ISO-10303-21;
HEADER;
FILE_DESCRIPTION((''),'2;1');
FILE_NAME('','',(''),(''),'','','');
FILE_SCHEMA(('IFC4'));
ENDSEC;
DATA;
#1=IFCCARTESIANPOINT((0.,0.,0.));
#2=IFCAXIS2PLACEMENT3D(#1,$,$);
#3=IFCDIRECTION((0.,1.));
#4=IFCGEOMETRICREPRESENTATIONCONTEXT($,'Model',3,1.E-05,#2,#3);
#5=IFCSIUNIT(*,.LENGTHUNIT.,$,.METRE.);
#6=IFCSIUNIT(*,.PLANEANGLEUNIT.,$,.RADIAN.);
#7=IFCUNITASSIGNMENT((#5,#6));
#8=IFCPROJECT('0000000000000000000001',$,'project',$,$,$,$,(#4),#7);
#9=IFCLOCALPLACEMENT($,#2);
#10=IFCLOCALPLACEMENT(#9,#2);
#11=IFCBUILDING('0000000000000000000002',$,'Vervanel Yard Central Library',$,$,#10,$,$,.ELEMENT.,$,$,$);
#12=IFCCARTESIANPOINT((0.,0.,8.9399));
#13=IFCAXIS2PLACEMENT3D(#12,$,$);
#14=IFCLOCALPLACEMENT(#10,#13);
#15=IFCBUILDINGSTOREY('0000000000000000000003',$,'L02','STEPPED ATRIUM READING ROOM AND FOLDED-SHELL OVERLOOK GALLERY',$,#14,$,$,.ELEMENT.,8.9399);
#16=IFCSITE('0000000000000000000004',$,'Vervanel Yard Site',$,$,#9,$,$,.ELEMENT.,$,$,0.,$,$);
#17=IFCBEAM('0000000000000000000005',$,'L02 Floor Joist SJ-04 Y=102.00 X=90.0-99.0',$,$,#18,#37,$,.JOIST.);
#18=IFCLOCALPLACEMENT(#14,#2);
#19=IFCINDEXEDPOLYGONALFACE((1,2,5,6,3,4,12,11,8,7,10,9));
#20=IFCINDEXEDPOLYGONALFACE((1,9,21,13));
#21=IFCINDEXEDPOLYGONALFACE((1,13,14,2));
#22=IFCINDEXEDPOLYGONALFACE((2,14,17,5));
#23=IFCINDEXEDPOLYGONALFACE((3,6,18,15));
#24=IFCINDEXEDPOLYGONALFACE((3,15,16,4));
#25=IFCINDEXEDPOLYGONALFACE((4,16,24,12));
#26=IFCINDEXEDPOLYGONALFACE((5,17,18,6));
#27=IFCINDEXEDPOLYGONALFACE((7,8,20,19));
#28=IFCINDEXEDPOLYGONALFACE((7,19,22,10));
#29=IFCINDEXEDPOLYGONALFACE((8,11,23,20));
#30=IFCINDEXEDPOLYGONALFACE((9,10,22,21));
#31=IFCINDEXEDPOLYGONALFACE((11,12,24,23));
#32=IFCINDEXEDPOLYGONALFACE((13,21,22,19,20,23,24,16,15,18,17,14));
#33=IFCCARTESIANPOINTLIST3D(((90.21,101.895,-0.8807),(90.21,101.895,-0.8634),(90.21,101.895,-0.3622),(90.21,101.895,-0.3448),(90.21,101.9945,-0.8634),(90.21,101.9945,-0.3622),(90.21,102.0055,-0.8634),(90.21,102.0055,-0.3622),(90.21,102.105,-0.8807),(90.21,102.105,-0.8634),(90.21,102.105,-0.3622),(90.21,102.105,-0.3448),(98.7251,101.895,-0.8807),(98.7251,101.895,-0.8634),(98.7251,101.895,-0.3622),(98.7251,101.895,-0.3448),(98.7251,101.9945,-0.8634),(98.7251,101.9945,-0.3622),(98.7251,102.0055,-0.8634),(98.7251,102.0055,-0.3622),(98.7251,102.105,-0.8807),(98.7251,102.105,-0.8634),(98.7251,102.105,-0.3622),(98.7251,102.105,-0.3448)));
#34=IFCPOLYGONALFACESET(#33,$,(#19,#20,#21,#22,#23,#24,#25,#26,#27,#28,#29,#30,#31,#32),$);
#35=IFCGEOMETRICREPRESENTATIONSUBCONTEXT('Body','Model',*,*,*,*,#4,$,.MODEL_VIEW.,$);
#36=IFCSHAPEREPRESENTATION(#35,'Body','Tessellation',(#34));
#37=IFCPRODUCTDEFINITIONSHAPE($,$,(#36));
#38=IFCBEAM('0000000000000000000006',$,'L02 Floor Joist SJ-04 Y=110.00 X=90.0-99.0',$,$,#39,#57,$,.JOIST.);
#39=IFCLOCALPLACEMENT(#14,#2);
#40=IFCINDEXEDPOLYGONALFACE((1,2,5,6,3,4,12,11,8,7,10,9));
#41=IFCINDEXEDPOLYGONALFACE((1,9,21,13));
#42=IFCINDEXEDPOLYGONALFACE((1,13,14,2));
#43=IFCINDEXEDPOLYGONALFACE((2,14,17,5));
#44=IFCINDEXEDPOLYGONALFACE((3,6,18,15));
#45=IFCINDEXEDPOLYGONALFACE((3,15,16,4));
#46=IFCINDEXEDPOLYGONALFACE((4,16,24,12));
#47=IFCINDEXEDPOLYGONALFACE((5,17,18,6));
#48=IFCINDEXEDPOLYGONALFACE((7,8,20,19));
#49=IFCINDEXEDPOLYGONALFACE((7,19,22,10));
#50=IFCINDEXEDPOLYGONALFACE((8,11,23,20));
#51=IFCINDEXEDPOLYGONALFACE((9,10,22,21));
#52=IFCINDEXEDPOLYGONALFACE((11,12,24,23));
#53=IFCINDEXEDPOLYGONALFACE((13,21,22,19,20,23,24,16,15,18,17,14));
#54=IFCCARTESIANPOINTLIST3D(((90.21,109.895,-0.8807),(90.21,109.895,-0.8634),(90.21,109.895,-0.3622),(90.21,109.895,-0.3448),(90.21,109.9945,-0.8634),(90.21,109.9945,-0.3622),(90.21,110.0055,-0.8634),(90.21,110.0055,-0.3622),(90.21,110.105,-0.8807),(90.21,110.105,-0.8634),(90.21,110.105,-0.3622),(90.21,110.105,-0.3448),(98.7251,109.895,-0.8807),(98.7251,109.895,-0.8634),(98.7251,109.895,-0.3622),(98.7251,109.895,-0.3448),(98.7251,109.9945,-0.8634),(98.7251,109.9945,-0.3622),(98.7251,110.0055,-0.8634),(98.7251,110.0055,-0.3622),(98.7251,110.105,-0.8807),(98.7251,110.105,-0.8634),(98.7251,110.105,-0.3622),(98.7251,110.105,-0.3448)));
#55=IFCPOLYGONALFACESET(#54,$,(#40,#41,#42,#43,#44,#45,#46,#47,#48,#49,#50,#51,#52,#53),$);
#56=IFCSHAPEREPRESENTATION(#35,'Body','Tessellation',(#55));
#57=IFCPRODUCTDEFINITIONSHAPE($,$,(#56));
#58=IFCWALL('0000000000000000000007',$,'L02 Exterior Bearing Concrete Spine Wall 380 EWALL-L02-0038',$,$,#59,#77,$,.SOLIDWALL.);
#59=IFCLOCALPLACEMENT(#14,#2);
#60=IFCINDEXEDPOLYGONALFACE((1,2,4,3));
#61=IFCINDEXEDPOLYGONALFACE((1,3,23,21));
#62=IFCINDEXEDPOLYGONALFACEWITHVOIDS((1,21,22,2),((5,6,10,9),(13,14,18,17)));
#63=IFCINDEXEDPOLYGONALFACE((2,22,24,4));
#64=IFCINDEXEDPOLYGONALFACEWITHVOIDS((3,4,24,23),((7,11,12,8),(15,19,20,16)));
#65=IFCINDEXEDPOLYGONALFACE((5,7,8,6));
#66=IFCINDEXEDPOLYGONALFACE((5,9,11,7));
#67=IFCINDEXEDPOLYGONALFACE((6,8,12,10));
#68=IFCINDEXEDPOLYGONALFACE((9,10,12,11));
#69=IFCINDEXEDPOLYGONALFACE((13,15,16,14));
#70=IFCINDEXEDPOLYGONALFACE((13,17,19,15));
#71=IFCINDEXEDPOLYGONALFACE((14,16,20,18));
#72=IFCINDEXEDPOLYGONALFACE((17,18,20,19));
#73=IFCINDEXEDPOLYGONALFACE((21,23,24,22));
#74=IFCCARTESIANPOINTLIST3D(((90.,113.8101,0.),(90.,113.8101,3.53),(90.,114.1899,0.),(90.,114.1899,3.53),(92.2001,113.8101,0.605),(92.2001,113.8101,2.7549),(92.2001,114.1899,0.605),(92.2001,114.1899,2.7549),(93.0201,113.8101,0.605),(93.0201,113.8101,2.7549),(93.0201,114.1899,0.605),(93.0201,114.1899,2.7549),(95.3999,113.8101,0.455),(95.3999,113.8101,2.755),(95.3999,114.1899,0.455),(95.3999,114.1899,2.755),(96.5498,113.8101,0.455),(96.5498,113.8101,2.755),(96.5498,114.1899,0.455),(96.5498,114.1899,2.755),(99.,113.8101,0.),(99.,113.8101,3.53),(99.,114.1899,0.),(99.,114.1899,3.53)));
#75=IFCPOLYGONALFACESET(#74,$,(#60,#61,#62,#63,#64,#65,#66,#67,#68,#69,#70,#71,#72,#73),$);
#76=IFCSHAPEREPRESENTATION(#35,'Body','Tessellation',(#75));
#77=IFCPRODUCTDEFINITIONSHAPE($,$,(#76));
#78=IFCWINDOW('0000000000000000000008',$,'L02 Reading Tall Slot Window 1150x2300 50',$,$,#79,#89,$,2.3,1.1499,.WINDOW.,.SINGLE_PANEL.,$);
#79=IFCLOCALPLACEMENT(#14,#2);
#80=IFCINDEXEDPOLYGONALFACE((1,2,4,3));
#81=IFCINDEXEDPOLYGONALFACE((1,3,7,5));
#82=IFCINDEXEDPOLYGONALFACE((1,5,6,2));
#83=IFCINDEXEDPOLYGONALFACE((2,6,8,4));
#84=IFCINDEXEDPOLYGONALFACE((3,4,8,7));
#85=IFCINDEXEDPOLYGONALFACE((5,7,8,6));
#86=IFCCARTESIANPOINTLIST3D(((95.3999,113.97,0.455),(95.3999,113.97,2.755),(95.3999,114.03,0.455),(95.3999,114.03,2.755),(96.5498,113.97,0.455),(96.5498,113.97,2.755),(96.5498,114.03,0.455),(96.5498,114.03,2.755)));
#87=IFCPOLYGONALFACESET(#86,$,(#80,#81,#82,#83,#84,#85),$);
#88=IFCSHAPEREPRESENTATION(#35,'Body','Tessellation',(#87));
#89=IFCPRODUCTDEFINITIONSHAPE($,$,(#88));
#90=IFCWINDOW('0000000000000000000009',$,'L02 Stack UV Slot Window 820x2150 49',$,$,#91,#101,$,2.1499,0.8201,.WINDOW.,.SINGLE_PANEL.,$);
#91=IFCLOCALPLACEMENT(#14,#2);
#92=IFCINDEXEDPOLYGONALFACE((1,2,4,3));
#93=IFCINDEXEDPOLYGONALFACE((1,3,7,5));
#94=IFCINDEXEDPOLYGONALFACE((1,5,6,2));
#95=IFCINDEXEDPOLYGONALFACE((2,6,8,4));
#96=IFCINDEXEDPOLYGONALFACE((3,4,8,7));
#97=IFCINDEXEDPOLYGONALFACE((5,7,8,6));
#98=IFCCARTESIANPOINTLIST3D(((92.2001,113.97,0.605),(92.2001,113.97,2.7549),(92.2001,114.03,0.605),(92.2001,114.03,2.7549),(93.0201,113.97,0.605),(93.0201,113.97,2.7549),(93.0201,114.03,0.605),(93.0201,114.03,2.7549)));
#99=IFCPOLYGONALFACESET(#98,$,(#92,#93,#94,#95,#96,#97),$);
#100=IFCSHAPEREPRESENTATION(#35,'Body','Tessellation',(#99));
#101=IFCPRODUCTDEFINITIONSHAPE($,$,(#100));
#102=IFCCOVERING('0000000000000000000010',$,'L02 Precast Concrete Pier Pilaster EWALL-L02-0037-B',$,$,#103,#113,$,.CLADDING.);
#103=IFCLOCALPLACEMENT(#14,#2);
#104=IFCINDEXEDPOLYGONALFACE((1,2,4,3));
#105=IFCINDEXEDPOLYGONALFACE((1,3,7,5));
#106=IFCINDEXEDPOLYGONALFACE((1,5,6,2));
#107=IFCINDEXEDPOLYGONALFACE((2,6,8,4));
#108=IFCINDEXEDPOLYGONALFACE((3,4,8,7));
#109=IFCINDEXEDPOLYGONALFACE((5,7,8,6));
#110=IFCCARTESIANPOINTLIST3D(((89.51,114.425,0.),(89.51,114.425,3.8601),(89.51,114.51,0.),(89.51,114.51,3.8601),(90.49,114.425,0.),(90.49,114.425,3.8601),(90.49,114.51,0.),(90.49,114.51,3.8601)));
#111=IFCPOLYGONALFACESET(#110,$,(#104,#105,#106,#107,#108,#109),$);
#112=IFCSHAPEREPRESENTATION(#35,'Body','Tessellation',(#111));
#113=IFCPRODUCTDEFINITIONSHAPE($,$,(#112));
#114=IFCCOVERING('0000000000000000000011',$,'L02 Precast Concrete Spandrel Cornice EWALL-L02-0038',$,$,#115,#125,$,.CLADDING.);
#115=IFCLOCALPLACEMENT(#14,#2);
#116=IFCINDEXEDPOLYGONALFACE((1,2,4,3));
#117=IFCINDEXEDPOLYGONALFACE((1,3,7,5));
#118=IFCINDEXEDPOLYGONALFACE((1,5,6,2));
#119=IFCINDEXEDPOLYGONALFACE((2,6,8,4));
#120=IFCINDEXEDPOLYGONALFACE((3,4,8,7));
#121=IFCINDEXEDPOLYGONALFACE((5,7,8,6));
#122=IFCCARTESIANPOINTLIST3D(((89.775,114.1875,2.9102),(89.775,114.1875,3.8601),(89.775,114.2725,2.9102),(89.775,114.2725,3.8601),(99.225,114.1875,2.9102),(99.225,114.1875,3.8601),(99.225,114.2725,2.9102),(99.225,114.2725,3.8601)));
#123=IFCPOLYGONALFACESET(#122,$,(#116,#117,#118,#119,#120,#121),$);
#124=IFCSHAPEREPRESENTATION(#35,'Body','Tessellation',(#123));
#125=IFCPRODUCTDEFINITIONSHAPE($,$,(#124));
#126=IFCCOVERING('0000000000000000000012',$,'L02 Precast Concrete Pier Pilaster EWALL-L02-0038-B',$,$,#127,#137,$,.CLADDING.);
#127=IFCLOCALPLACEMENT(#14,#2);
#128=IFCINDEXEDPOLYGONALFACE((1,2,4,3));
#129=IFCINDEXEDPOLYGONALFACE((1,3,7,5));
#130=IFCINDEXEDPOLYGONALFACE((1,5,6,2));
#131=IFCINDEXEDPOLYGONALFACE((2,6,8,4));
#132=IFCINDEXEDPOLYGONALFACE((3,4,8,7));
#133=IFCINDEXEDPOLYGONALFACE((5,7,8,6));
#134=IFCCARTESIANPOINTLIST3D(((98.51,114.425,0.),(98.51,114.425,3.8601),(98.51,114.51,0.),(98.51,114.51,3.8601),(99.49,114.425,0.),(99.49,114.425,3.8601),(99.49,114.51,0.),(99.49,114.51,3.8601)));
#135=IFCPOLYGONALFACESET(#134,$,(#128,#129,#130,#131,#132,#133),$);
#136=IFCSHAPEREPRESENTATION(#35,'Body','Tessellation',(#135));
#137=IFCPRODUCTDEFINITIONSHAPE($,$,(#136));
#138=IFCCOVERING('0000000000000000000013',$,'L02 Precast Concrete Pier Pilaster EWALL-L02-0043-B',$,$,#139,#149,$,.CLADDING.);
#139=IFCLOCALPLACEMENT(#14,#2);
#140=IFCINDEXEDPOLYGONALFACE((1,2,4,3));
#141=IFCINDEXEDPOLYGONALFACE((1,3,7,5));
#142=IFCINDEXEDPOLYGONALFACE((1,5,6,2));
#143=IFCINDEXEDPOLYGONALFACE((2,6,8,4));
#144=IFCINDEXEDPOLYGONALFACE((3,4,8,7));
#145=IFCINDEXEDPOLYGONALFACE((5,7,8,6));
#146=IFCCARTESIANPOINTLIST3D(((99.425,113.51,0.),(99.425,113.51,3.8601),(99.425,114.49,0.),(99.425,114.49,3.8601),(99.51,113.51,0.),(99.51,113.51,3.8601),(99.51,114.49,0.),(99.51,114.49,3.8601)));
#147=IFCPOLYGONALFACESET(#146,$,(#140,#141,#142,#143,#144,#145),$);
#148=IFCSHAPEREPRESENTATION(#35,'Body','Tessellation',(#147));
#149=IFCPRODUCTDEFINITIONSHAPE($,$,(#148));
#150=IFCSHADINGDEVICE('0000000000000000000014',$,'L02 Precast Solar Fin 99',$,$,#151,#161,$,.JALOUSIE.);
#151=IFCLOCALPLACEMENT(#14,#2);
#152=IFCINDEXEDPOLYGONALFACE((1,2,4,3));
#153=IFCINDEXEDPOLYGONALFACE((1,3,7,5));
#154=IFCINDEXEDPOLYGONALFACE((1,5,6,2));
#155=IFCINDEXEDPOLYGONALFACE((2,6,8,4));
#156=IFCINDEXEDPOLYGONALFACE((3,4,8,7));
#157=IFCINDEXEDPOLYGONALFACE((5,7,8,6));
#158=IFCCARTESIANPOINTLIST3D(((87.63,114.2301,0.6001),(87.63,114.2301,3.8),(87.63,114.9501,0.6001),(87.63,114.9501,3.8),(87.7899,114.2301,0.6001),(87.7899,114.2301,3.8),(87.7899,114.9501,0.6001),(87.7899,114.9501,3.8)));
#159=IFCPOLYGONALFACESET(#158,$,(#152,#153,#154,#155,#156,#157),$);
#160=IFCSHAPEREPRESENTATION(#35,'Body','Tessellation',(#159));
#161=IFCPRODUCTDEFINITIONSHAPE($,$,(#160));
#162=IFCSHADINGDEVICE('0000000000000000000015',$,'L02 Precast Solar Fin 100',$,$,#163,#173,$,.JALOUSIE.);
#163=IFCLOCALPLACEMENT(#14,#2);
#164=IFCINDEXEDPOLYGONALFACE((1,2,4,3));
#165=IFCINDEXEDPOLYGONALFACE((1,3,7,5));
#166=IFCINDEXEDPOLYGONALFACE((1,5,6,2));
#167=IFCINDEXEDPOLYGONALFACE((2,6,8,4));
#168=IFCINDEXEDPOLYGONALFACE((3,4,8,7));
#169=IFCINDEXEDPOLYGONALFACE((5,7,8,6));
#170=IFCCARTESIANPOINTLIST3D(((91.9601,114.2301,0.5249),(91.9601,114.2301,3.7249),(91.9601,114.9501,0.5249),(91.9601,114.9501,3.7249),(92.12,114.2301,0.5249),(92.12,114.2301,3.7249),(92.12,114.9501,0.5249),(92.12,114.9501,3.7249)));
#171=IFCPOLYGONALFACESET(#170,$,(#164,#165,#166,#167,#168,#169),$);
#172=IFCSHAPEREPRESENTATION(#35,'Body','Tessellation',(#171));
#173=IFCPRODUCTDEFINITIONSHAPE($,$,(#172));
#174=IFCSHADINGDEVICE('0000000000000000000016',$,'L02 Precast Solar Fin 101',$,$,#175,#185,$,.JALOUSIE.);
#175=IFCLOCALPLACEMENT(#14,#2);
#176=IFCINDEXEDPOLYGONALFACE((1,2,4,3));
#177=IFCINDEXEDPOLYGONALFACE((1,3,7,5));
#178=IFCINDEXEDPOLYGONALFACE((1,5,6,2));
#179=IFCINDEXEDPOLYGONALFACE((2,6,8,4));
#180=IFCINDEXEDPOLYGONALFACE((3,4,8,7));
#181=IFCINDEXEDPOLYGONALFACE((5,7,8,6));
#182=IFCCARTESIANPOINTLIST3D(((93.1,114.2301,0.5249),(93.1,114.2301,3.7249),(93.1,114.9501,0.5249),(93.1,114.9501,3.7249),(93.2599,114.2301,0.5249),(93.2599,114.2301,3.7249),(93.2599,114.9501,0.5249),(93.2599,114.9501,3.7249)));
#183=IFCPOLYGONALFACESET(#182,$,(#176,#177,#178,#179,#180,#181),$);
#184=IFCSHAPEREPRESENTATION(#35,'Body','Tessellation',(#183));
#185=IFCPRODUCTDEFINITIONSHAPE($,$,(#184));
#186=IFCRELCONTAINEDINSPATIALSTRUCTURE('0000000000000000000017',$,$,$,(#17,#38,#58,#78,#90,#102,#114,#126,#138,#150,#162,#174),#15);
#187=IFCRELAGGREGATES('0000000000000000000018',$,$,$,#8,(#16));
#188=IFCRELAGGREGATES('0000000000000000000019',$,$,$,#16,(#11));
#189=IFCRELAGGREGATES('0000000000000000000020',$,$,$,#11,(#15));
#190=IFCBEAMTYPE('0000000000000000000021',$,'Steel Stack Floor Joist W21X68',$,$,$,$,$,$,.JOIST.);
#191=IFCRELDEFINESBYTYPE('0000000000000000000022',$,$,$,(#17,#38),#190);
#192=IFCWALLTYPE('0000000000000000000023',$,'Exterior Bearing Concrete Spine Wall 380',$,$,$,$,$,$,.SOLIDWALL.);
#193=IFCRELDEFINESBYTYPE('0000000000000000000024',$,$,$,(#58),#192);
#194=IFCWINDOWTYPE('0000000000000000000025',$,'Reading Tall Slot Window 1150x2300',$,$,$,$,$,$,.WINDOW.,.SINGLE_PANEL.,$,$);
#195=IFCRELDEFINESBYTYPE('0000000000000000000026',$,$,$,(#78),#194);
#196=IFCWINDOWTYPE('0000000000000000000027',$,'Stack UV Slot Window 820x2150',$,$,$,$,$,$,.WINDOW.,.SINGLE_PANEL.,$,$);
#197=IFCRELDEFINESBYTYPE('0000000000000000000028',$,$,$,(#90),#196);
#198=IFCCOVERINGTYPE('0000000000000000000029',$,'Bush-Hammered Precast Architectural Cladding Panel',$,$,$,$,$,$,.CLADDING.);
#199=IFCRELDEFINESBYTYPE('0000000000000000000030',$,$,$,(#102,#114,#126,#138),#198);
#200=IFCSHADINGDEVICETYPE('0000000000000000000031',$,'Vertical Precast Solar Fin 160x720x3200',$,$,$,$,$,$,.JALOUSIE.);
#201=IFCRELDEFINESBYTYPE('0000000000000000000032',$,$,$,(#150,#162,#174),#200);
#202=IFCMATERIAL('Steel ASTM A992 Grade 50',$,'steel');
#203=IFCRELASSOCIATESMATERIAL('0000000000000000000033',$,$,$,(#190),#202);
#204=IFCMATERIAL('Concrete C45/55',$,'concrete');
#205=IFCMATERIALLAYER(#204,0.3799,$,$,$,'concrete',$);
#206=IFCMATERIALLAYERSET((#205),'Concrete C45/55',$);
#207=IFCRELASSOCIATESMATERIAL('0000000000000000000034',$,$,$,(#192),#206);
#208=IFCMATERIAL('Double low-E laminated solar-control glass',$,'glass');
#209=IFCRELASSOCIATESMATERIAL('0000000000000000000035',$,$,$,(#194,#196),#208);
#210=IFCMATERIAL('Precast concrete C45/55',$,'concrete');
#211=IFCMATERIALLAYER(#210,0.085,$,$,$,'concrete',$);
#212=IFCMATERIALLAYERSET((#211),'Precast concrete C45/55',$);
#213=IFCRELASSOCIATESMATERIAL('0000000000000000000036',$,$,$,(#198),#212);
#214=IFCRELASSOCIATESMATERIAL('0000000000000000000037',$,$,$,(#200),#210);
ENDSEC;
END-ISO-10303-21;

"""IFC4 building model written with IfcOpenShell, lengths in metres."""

from ifc_helpers import new_model, si_unit, direction, frame, frame_2d, origin, origin_2d, place, context, subcontext, project, spatial, rectangle, i_section, extrude, material, layer, layer_set, material_profile, profile_set, type_object, element, fill, save


model = new_model("IFC4")

# Units and contexts
model_context = context("Model", 3, precision=1e-05, world=origin(), true_north=direction((0.0, 1.0)))
body_context = subcontext(model_context, "Body", "Model", "MODEL_VIEW")
ifc_project = project(units=[si_unit("LENGTHUNIT", "METRE"), si_unit("PLANEANGLEUNIT", "RADIAN")], contexts=[model_context])

# Site, building, storey
site_placement = place(None, origin())
site = spatial("IfcSite", under=ifc_project, at=site_placement, Name="Vervanel Yard Site", CompositionType="ELEMENT", RefElevation=0.0)
building_placement = place(site_placement, origin())
building = spatial("IfcBuilding", under=site, at=building_placement, Name="Vervanel Yard Central Library", CompositionType="ELEMENT")
storey_placement = place(building_placement, frame((0.0, 0.0, 8.9399)))
storey = spatial("IfcBuildingStorey", under=building, at=storey_placement, Name="L02", Description="STEPPED ATRIUM READING ROOM AND FOLDED-SHELL OVERLOOK GALLERY", CompositionType="ELEMENT", Elevation=8.9399)

# Shared definitions
ifc_material_1 = material(Name="Concrete C45/55", Category="concrete")

# Beams
ifc_material_2 = material(Name="Steel ASTM A992 Grade 50", Category="steel")
ifc_material_profile_1 = material_profile(ifc_material_2, i_section(OverallWidth=0.21, OverallDepth=0.5359, WebThickness=0.011, FlangeThickness=0.0173, at=origin_2d()), Name="W21X68", Category="steel")
ifc_profile_set_1 = profile_set([ifc_material_profile_1], Name="Steel ASTM A992 Grade 50")
beam_type_1 = type_object("IfcBeamType", Name="Steel Stack Floor Joist W21X68", PredefinedType="JOIST", material=ifc_profile_set_1)
for number, where, z_axis, x_axis, name in (
    (1, (90.21, 102.0, -0.6128), (1.0, 0.0, 0.0), (0.0, 1.0, 0.0), "L02 Floor Joist SJ-04 Y=102.00 X=90.0-99.0"),
    (2, (90.21, 110.0, -0.6128), (1.0, 0.0, 0.0), (0.0, 1.0, 0.0), "L02 Floor Joist SJ-04 Y=110.00 X=90.0-99.0"),
):
    element("IfcBeam", number, at=place(storey_placement, frame(where, z_axis=z_axis, x_axis=x_axis)), inside=storey, type_object=beam_type_1, Name=name, PredefinedType="JOIST", context=body_context, shape_type="SweptSolid", body=[
        extrude(i_section(OverallWidth=0.21, OverallDepth=0.5359, WebThickness=0.011, FlangeThickness=0.0173, at=origin_2d()), origin(), (0.0, 0.0, 1.0), 8.5151),
    ])

# Wall, openings, windows
ifc_layer_1 = layer(ifc_material_1, 0.3799, Category="concrete")
ifc_layer_set_1 = layer_set([ifc_layer_1], Name="Concrete C45/55")
wall_type = type_object("IfcWallType", Name="Exterior Bearing Concrete Spine Wall 380", PredefinedType="SOLIDWALL", material=ifc_layer_set_1)
wall_placement = place(storey_placement, frame((90.0, 114.0, 0.0), z_axis=(0.0, 0.0, 1.0), x_axis=(1.0, 0.0, 0.0)))
wall = element("IfcWall", 3, at=wall_placement, inside=storey, type_object=wall_type, Name="L02 Exterior Bearing Concrete Spine Wall 380 EWALL-L02-0038", PredefinedType="SOLIDWALL", context=body_context, shape_type="SweptSolid", body=[
    extrude(rectangle(XDim=9.0, YDim=0.3799, at=frame_2d((4.5, 0.0))), origin(), (0.0, 0.0, 1.0), 3.53),
])
opening_1_placement = place(wall_placement, frame((2.2, 0.0, 0.605)))
opening_1 = element("IfcOpeningElement", 4, at=opening_1_placement, cuts=wall, PredefinedType="OPENING", context=body_context, shape_type="SweptSolid", body=[
    extrude(rectangle(XDim=0.8201, YDim=2.1499, at=frame_2d((0.4102, 1.075))), frame((0.0, 0.2, 0.0), z_axis=(0.0, -1.0, 0.0), x_axis=(1.0, 0.0, 0.0)), (0.0, 0.0, 1.0), 0.3999),
])
opening_2_placement = place(wall_placement, frame((5.3999, 0.0, 0.4551)))
opening_2 = element("IfcOpeningElement", 5, at=opening_2_placement, cuts=wall, PredefinedType="OPENING", context=body_context, shape_type="SweptSolid", body=[
    extrude(rectangle(XDim=1.1499, YDim=2.3, at=frame_2d((0.575, 1.1499))), frame((0.0, 0.2, 0.0), z_axis=(0.0, -1.0, 0.0), x_axis=(1.0, 0.0, 0.0)), (0.0, 0.0, 1.0), 0.3999),
])
ifc_material_3 = material(Name="Double low-E laminated solar-control glass", Category="glass")
window_type_1 = type_object("IfcWindowType", Name="Reading Tall Slot Window 1150x2300", PartitioningType="SINGLE_PANEL", PredefinedType="WINDOW", material=ifc_material_3)
window_1_placement = place(opening_2_placement, origin())
window_1 = element("IfcWindow", 6, at=window_1_placement, inside=storey, type_object=window_type_1, Name="L02 Reading Tall Slot Window 1150x2300 50", OverallHeight=2.3, OverallWidth=1.1499, PartitioningType="SINGLE_PANEL", PredefinedType="WINDOW", context=body_context, shape_type="SweptSolid", body=[
    extrude(rectangle(XDim=1.1499, YDim=2.3, at=frame_2d((0.575, 1.1499))), frame((0.0, 0.03, 0.0), z_axis=(0.0, -1.0, 0.0), x_axis=(1.0, 0.0, 0.0)), (0.0, 0.0, 1.0), 0.0601),
])
fill(opening_2, window_1)
window_type_2 = type_object("IfcWindowType", Name="Stack UV Slot Window 820x2150", PartitioningType="SINGLE_PANEL", PredefinedType="WINDOW", material=ifc_material_3)
window_2_placement = place(opening_1_placement, origin())
window_2 = element("IfcWindow", 7, at=window_2_placement, inside=storey, type_object=window_type_2, Name="L02 Stack UV Slot Window 820x2150 49", OverallHeight=2.1499, OverallWidth=0.8201, PartitioningType="SINGLE_PANEL", PredefinedType="WINDOW", context=body_context, shape_type="SweptSolid", body=[
    extrude(rectangle(XDim=0.8201, YDim=2.1499, at=frame_2d((0.4102, 1.075))), frame((0.0, 0.03, 0.0), z_axis=(0.0, -1.0, 0.0), x_axis=(1.0, 0.0, 0.0)), (0.0, 0.0, 1.0), 0.0601),
])
fill(opening_1, window_2)

# Coverings
ifc_material_4 = material(Name="Precast concrete C45/55", Category="concrete")
ifc_layer_2 = layer(ifc_material_4, 0.085, Category="concrete")
ifc_layer_set_2 = layer_set([ifc_layer_2], Name="Precast concrete C45/55")
covering_type = type_object("IfcCoveringType", Name="Bush-Hammered Precast Architectural Cladding Panel", PredefinedType="CLADDING", material=ifc_layer_set_2)
covering_1_placement = place(storey_placement, frame((90.0, 114.4675, 0.0), z_axis=(0.0, 0.0, 1.0), x_axis=(1.0, 0.0, 0.0)))
element("IfcCovering", 8, at=covering_1_placement, inside=storey, type_object=covering_type, Name="L02 Precast Concrete Pier Pilaster EWALL-L02-0037-B", PredefinedType="CLADDING", context=body_context, shape_type="SweptSolid", body=[
    extrude(rectangle(XDim=0.98, YDim=0.085, at=origin_2d()), origin(), (0.0, 0.0, 1.0), 3.8601),
])
covering_2_placement = place(storey_placement, frame((94.5, 114.23, 2.9102), z_axis=(0.0, 0.0, 1.0), x_axis=(1.0, 0.0, 0.0)))
element("IfcCovering", 9, at=covering_2_placement, inside=storey, type_object=covering_type, Name="L02 Precast Concrete Spandrel Cornice EWALL-L02-0038", PredefinedType="CLADDING", context=body_context, shape_type="SweptSolid", body=[
    extrude(rectangle(XDim=9.45, YDim=0.085, at=origin_2d()), origin(), (0.0, 0.0, 1.0), 0.95),
])
for number, where, z_axis, x_axis, name in (
    (10, (99.0, 114.4675, 0.0), (0.0, 0.0, 1.0), (1.0, 0.0, 0.0), "L02 Precast Concrete Pier Pilaster EWALL-L02-0038-B"),
    (11, (99.4675, 114.0, 0.0), (0.0, 0.0, 1.0), (0.0, 1.0, 0.0), "L02 Precast Concrete Pier Pilaster EWALL-L02-0043-B"),
):
    element("IfcCovering", number, at=place(storey_placement, frame(where, z_axis=z_axis, x_axis=x_axis)), inside=storey, type_object=covering_type, Name=name, PredefinedType="CLADDING", context=body_context, shape_type="SweptSolid", body=[
        extrude(rectangle(XDim=0.98, YDim=0.085, at=origin_2d()), origin(), (0.0, 0.0, 1.0), 3.8601),
    ])

# Shading devices
shading_device_type = type_object("IfcShadingDeviceType", Name="Vertical Precast Solar Fin 160x720x3200", PredefinedType="JALOUSIE", material=ifc_material_4)
for number, where, z_axis, x_axis, name in (
    (12, (87.71, 114.5901, 0.6001), (0.0, 0.0, 1.0), (1.0, 0.0, 0.0), "L02 Precast Solar Fin 99"),
    (13, (92.04, 114.5901, 0.5249), (0.0, 0.0, 1.0), (1.0, 0.0, 0.0), "L02 Precast Solar Fin 100"),
    (14, (93.1799, 114.5901, 0.5249), (0.0, 0.0, 1.0), (1.0, 0.0, 0.0), "L02 Precast Solar Fin 101"),
):
    element("IfcShadingDevice", number, at=place(storey_placement, frame(where, z_axis=z_axis, x_axis=x_axis)), inside=storey, type_object=shading_device_type, Name=name, PredefinedType="JALOUSIE", context=body_context, shape_type="SweptSolid", body=[
        extrude(rectangle(XDim=0.1599, YDim=0.72, at=origin_2d()), origin(), (0.0, 0.0, 1.0), 3.2),
    ])

save(model, "model.ifc")
